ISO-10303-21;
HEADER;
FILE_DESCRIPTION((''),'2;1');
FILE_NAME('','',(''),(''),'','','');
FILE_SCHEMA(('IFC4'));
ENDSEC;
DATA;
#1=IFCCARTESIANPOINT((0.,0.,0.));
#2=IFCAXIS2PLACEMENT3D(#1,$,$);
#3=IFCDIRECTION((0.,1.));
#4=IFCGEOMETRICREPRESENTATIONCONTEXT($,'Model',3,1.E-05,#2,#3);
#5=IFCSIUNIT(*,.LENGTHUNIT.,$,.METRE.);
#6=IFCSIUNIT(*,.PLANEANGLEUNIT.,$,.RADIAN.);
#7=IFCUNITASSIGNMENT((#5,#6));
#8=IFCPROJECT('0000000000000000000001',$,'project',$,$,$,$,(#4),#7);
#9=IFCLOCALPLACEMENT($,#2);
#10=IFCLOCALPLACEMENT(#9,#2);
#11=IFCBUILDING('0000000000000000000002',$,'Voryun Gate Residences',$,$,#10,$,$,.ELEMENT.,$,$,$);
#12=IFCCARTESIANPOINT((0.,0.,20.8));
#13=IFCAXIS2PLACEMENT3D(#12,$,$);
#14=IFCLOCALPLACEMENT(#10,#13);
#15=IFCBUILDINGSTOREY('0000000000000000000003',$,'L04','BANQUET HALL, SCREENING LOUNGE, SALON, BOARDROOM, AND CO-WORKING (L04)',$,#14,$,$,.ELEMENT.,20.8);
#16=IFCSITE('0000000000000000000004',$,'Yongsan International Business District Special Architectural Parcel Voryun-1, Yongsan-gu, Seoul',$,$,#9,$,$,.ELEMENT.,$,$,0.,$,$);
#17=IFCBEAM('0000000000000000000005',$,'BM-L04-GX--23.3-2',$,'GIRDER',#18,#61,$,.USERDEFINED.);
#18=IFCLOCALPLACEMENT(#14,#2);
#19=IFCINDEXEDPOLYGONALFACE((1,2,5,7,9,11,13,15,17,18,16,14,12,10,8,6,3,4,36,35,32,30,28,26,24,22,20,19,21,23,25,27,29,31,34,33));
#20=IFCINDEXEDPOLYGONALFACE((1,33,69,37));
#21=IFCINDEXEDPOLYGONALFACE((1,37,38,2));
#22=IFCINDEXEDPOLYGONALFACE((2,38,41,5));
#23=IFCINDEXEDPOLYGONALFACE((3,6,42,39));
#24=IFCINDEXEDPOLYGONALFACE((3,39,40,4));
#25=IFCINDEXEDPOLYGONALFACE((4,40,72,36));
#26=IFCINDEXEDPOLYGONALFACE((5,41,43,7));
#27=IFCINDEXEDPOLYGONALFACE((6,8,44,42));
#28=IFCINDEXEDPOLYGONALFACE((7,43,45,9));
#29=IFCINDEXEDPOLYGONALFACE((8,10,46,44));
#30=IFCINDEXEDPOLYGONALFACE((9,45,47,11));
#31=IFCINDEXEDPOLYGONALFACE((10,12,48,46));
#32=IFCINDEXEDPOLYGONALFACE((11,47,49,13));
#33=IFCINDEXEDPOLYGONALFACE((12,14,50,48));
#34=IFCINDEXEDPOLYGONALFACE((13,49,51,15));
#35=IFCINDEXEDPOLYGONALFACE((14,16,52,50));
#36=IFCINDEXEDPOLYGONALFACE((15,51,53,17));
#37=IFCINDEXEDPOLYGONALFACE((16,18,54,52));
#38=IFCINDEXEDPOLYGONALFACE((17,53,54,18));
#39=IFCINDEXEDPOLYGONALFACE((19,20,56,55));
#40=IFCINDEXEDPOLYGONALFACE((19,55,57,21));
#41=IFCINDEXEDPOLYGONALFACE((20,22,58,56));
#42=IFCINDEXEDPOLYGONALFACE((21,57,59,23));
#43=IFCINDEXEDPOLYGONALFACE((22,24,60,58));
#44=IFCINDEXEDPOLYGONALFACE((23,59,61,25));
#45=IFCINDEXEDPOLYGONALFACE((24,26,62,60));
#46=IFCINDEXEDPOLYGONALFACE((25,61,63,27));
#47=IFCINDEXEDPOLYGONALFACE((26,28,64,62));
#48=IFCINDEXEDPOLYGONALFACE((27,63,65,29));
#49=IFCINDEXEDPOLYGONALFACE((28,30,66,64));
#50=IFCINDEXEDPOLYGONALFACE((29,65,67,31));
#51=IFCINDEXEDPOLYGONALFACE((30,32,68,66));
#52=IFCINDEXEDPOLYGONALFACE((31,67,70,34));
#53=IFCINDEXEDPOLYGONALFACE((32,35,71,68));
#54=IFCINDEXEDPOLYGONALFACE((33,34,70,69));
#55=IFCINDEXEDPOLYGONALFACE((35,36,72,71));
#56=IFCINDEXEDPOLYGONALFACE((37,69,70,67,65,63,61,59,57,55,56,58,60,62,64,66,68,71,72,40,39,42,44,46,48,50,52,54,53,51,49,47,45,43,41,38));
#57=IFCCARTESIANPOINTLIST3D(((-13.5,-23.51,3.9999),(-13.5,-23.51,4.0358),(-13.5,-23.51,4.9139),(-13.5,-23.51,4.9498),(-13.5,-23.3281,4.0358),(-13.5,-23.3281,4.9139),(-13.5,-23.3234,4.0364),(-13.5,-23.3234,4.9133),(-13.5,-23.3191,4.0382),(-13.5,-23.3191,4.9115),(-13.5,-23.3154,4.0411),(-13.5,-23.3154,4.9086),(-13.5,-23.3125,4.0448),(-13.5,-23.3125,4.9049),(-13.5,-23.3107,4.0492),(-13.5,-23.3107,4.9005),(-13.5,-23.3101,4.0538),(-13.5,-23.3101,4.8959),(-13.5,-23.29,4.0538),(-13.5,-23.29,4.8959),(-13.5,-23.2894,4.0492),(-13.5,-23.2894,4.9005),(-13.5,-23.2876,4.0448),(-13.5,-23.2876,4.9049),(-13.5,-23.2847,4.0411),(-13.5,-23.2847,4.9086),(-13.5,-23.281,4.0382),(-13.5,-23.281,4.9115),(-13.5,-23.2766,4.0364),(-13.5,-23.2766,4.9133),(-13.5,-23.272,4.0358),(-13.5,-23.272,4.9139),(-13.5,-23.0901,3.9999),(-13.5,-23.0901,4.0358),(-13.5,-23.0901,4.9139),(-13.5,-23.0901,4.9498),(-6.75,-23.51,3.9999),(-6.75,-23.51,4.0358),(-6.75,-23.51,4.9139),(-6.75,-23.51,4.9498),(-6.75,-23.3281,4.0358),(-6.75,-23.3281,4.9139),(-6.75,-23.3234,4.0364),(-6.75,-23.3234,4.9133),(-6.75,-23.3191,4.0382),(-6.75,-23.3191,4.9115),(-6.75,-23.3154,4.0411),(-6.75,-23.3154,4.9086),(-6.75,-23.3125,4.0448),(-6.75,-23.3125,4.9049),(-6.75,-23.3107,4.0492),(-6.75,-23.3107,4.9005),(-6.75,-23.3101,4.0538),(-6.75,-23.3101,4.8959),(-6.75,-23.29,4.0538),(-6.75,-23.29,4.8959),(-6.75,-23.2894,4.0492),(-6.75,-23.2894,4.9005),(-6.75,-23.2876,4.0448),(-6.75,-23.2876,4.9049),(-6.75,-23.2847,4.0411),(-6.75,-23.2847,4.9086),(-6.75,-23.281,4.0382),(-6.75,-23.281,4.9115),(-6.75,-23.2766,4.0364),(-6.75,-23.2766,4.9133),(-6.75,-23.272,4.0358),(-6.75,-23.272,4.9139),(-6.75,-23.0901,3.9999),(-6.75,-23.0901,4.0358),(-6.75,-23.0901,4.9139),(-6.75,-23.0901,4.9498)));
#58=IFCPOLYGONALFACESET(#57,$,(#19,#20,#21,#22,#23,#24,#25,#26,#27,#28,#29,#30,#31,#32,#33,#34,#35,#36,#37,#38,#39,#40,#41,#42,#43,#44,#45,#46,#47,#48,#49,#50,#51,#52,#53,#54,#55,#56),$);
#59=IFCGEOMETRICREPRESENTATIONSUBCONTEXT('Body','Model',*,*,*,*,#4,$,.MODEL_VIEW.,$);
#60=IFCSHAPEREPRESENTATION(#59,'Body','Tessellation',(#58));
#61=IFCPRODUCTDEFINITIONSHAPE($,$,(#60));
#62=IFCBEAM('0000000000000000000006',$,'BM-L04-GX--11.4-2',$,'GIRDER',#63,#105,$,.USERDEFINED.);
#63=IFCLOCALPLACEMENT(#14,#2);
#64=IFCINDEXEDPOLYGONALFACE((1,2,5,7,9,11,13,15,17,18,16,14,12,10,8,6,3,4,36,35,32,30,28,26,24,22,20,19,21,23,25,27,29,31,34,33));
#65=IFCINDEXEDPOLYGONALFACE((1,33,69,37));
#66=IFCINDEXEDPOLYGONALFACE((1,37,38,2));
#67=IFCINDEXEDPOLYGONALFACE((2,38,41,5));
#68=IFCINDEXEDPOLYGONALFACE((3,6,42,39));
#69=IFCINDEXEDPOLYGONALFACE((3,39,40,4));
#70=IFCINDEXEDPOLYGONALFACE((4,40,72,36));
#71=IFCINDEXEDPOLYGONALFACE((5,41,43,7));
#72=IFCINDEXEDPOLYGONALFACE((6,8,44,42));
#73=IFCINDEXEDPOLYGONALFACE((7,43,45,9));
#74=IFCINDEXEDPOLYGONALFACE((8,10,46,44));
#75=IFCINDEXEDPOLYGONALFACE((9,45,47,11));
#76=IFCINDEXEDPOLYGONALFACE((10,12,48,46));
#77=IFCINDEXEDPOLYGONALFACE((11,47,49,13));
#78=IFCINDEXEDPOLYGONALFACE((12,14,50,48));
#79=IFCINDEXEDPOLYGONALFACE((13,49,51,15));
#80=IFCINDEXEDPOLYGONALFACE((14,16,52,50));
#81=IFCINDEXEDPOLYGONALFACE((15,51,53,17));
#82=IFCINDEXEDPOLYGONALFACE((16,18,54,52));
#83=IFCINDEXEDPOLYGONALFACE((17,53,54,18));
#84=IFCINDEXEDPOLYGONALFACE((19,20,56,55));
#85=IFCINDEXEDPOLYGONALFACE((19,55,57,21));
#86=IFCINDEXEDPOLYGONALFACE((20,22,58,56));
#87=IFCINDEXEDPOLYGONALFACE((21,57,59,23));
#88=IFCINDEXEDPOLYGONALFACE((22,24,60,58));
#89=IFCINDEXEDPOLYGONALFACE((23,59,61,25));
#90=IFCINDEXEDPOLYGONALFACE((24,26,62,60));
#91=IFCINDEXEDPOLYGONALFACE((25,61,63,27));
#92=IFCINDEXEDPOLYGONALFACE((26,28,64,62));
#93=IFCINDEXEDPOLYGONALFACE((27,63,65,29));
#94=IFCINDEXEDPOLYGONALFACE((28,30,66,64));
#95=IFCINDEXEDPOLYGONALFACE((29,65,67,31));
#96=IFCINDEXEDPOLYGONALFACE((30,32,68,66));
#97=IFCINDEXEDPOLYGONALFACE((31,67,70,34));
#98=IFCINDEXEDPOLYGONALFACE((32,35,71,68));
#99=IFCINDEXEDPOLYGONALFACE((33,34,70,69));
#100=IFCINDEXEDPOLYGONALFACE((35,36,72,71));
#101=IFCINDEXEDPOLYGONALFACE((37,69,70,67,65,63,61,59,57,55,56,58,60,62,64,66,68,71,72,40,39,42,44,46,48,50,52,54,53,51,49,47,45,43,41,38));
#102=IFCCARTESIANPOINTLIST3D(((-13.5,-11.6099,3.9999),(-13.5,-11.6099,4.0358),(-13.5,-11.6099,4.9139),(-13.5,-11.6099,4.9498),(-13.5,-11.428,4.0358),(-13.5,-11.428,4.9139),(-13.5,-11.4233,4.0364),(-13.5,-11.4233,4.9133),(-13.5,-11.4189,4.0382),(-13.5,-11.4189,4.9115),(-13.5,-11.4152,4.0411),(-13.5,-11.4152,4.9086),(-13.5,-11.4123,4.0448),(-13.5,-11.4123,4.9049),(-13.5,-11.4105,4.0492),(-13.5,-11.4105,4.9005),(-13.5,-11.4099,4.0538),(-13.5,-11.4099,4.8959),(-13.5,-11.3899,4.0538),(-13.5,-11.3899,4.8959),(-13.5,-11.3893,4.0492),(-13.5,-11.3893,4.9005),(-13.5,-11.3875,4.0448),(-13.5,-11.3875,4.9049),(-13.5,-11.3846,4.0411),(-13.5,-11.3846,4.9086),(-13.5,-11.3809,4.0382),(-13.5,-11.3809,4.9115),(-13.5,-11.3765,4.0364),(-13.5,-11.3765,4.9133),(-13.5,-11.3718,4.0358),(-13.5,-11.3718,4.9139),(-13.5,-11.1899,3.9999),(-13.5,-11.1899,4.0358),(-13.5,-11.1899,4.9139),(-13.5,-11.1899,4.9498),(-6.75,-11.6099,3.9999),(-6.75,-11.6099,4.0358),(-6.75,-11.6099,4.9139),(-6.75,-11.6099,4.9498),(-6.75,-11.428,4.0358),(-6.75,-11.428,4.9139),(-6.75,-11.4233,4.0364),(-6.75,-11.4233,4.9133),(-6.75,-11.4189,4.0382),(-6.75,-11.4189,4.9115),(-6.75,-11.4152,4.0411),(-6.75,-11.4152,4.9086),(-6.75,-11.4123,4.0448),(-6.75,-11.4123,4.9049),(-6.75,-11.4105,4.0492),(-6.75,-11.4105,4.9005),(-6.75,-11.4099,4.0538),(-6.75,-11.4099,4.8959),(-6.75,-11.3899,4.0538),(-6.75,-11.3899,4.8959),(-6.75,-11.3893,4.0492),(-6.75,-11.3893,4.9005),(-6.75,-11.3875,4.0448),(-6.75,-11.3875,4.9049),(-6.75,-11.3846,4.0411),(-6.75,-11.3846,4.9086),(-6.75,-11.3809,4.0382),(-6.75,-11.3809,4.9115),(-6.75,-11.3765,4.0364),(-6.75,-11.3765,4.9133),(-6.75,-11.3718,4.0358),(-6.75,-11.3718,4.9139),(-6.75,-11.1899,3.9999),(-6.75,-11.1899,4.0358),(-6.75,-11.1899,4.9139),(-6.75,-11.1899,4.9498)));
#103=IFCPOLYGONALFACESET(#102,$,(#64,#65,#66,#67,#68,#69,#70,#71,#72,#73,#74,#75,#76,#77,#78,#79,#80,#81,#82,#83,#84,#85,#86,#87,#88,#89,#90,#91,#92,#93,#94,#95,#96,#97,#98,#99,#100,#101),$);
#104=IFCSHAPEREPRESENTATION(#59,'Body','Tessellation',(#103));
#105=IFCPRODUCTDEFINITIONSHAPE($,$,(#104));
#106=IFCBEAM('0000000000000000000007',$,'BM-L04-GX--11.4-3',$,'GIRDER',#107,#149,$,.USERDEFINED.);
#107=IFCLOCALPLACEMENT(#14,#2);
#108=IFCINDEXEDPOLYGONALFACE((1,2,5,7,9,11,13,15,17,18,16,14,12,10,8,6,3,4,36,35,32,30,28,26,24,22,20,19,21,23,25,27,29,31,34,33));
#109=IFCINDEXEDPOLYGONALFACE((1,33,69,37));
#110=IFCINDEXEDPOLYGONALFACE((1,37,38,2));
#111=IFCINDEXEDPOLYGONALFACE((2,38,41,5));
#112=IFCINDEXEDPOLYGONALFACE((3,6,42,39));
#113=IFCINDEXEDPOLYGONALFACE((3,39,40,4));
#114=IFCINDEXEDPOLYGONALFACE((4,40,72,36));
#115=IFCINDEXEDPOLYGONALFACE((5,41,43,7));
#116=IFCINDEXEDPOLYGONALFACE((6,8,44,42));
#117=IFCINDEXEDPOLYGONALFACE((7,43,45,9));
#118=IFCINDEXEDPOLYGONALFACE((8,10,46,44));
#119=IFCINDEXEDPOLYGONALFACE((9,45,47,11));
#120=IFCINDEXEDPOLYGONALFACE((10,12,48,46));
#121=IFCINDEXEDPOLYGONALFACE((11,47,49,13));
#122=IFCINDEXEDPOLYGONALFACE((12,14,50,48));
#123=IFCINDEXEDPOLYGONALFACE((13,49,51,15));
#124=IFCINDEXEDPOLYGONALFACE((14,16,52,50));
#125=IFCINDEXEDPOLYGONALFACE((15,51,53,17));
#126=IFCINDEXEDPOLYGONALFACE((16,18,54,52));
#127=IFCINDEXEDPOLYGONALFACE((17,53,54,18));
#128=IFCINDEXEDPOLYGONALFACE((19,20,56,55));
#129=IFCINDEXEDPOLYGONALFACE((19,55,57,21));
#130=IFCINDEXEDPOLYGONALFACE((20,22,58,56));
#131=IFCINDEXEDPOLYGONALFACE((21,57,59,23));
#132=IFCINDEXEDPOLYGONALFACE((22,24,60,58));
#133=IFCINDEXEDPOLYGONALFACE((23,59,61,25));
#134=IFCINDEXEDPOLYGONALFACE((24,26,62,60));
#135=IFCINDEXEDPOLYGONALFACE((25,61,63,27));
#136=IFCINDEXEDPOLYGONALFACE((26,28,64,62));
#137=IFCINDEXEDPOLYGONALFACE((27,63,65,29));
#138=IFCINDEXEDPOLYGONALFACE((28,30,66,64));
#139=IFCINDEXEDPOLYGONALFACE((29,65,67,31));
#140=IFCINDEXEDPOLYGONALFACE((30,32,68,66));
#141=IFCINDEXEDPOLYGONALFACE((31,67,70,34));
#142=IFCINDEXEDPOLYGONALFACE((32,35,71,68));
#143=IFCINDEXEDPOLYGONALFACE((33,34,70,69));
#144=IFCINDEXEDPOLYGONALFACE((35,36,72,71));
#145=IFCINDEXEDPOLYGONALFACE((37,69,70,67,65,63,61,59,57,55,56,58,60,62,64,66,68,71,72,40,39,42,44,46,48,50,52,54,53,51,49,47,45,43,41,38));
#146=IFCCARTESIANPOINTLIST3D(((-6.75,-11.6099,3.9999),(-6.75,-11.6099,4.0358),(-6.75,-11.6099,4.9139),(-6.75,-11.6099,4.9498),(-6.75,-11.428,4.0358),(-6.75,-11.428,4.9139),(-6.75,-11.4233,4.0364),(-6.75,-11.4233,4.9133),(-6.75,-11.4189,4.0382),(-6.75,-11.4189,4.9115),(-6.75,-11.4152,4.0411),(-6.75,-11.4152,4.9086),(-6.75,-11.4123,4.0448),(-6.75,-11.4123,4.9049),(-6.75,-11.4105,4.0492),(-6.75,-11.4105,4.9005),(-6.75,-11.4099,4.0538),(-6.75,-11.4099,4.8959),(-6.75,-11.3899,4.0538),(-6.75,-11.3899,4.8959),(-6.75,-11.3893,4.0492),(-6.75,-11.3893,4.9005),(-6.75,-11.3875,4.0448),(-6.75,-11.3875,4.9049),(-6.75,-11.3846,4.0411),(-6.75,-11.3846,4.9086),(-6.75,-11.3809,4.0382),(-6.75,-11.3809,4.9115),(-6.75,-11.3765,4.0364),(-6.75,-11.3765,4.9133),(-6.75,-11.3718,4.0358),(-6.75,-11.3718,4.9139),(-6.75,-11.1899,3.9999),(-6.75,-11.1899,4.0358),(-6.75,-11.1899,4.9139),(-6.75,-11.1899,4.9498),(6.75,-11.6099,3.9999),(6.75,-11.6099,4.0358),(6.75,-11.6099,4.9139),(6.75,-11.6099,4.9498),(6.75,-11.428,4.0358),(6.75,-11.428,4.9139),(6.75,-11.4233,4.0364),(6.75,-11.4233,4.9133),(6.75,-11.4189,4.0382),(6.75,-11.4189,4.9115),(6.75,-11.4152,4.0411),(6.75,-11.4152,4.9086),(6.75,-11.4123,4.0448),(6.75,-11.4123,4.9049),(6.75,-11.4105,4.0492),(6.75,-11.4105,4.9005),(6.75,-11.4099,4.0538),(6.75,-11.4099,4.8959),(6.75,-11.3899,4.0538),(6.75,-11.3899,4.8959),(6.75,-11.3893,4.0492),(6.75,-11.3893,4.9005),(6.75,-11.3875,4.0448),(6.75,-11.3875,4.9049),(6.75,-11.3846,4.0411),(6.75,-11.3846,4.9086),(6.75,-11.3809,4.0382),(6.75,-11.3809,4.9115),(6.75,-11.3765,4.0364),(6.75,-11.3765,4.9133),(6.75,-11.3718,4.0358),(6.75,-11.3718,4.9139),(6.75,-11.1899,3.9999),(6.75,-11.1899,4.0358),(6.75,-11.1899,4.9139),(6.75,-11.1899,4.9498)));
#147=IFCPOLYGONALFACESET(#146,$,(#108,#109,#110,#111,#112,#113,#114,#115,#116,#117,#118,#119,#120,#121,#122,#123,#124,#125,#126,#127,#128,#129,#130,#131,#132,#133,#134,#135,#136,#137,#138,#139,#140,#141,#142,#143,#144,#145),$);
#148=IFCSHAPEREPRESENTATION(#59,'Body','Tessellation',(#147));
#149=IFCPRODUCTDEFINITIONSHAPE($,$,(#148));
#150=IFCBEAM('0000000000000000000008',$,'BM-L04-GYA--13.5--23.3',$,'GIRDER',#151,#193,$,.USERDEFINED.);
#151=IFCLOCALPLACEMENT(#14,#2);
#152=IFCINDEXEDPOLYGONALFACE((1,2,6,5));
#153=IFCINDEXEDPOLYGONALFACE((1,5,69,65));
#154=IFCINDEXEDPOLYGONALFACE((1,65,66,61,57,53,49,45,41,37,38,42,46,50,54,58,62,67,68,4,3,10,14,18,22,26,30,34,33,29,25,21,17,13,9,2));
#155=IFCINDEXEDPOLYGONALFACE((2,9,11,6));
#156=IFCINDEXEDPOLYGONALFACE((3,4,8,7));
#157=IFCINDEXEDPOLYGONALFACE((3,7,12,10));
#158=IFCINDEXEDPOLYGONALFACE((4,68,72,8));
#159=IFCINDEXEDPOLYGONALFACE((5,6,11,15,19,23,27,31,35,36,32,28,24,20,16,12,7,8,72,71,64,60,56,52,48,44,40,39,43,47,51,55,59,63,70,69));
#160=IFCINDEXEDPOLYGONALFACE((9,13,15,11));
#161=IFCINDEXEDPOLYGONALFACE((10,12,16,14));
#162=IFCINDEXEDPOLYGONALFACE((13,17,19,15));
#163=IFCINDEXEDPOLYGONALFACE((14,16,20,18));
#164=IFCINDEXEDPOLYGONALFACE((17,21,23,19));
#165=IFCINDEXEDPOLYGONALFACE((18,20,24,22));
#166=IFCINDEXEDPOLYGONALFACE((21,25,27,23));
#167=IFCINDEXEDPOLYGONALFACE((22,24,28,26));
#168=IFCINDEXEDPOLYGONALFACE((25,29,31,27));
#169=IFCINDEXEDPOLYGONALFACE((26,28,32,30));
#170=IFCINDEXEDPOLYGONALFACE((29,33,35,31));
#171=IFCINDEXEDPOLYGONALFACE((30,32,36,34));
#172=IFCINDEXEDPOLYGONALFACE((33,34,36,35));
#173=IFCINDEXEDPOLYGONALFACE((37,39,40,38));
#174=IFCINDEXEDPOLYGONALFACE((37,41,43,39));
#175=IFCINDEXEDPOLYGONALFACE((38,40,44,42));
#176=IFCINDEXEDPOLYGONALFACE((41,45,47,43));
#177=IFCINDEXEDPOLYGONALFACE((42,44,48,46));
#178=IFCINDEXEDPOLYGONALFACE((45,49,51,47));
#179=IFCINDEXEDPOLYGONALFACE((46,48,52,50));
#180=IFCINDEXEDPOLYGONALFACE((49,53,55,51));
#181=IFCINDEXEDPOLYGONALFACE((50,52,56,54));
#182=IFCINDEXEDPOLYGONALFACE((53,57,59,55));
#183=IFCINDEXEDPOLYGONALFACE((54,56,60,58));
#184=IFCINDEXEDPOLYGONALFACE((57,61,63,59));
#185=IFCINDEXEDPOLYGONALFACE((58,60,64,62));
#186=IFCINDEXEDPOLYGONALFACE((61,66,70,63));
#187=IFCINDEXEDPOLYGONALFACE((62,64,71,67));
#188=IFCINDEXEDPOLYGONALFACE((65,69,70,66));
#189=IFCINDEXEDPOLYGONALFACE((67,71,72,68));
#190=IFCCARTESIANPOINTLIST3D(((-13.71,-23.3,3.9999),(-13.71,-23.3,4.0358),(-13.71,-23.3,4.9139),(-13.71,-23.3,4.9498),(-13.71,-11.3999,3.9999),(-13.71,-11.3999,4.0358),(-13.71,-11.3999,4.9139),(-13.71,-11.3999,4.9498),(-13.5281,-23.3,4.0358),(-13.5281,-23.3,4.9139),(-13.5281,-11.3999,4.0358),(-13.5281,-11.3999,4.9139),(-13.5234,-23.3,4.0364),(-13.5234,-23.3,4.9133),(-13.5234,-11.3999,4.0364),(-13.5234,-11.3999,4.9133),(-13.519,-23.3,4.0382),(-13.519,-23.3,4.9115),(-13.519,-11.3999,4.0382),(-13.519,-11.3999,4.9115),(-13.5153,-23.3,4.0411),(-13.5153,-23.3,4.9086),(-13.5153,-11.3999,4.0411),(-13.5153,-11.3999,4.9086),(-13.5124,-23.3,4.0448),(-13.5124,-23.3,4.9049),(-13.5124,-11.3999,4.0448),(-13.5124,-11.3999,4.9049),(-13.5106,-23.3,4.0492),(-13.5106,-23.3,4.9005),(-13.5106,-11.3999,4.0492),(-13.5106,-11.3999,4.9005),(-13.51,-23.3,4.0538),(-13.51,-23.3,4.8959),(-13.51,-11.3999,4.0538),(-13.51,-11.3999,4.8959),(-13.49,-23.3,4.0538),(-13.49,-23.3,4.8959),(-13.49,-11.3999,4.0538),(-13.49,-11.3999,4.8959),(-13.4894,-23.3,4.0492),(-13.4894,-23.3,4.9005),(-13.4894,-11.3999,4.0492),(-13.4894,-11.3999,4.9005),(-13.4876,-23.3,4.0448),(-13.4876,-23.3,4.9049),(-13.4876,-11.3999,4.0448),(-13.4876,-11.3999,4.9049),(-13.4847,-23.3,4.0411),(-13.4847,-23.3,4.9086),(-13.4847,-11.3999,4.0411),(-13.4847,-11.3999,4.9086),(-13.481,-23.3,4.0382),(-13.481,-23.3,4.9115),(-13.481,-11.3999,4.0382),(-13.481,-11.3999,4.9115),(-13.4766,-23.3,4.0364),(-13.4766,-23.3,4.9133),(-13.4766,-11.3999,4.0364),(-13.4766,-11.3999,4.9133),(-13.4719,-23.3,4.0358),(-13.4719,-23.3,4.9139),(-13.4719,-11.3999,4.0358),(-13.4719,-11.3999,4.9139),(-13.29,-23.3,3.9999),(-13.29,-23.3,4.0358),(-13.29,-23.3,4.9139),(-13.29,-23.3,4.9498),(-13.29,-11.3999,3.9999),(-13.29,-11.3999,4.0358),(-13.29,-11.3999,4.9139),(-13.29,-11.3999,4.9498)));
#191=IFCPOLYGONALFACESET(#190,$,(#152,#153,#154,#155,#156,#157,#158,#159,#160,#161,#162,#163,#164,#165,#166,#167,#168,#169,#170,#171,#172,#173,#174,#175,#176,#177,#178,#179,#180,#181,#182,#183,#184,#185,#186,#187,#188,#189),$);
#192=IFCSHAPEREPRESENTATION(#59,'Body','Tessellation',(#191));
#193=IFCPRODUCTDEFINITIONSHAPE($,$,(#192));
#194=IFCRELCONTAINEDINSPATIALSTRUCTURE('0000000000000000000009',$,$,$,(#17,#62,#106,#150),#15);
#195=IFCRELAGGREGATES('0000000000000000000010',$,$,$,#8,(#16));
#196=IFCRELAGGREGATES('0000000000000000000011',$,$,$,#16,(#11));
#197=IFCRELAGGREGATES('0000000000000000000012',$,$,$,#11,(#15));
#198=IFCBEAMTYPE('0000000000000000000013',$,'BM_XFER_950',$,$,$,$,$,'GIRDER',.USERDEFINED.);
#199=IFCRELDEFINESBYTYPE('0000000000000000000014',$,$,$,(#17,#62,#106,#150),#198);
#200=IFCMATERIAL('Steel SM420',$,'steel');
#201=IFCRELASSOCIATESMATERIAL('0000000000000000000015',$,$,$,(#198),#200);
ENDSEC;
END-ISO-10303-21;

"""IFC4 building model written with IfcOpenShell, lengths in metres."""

from ifc_helpers import new_model, si_unit, direction, frame, origin, origin_2d, place, context, subcontext, project, spatial, i_section, extrude, material, material_profile, profile_set, type_object, element, save


model = new_model("IFC4")

# Units and contexts
model_context = context("Model", 3, precision=1e-05, world=origin(), true_north=direction((0.0, 1.0)))
body_context = subcontext(model_context, "Body", "Model", "MODEL_VIEW")
ifc_project = project(units=[si_unit("LENGTHUNIT", "METRE"), si_unit("PLANEANGLEUNIT", "RADIAN")], contexts=[model_context])

# Site, building, storey
site_placement = place(None, origin())
site = spatial("IfcSite", under=ifc_project, at=site_placement, Name="Yongsan International Business District Special Architectural Parcel Voryun-1, Yongsan-gu, Seoul", CompositionType="ELEMENT", RefElevation=0.0)
building_placement = place(site_placement, origin())
building = spatial("IfcBuilding", under=site, at=building_placement, Name="Voryun Gate Residences", CompositionType="ELEMENT")
storey_placement = place(building_placement, frame((0.0, 0.0, 20.8)))
storey = spatial("IfcBuildingStorey", under=building, at=storey_placement, Name="L04", Description="BANQUET HALL, SCREENING LOUNGE, SALON, BOARDROOM, AND CO-WORKING (L04)", CompositionType="ELEMENT", Elevation=20.8)

# Beams
ifc_material_1 = material(Name="Steel SM420", Category="steel")
ifc_material_profile_1 = material_profile(ifc_material_1, i_section(OverallWidth=0.4199, OverallDepth=0.95, WebThickness=0.02, FlangeThickness=0.0359, FilletRadius=0.0181, at=origin_2d()), Name="H-950x420x20x36")
ifc_profile_set_1 = profile_set([ifc_material_profile_1], Name="Steel SM420")
beam_type_1 = type_object("IfcBeamType", Name="BM_XFER_950", ElementType="GIRDER", PredefinedType="USERDEFINED", material=ifc_profile_set_1)
for number, where, z_axis, x_axis, name in (
    (1, (-13.5, -23.3, 4.4749), (1.0, 0.0, 0.0), (0.0, 1.0, 0.0), "BM-L04-GX--23.3-2"),
    (2, (-13.5, -11.3999, 4.4749), (1.0, 0.0, 0.0), (0.0, 1.0, 0.0), "BM-L04-GX--11.4-2"),
):
    element("IfcBeam", number, at=place(storey_placement, frame(where, z_axis=z_axis, x_axis=x_axis)), inside=storey, type_object=beam_type_1, Name=name, ObjectType="GIRDER", PredefinedType="USERDEFINED", context=body_context, shape_type="SweptSolid", body=[
        extrude(i_section(OverallWidth=0.4199, OverallDepth=0.95, WebThickness=0.02, FlangeThickness=0.0359, FilletRadius=0.0181, at=origin_2d()), origin(), (0.0, 0.0, 1.0), 6.75),
    ])
beam_1_placement = place(storey_placement, frame((-6.75, -11.3999, 4.4749), z_axis=(1.0, 0.0, 0.0), x_axis=(0.0, 1.0, 0.0)))
element("IfcBeam", 3, at=beam_1_placement, inside=storey, type_object=beam_type_1, Name="BM-L04-GX--11.4-3", ObjectType="GIRDER", PredefinedType="USERDEFINED", context=body_context, shape_type="SweptSolid", body=[
    extrude(i_section(OverallWidth=0.4199, OverallDepth=0.95, WebThickness=0.02, FlangeThickness=0.0359, FilletRadius=0.0181, at=origin_2d()), origin(), (0.0, 0.0, 1.0), 13.5),
])
beam_2_placement = place(storey_placement, frame((-13.5, -23.3, 4.4749), z_axis=(0.0, 1.0, 0.0), x_axis=(-1.0, 0.0, 0.0)))
element("IfcBeam", 4, at=beam_2_placement, inside=storey, type_object=beam_type_1, Name="BM-L04-GYA--13.5--23.3", ObjectType="GIRDER", PredefinedType="USERDEFINED", context=body_context, shape_type="SweptSolid", body=[
    extrude(i_section(OverallWidth=0.4199, OverallDepth=0.95, WebThickness=0.02, FlangeThickness=0.0359, FilletRadius=0.0181, at=origin_2d()), origin(), (0.0, 0.0, 1.0), 11.9001),
])

save(model, "model.ifc")
